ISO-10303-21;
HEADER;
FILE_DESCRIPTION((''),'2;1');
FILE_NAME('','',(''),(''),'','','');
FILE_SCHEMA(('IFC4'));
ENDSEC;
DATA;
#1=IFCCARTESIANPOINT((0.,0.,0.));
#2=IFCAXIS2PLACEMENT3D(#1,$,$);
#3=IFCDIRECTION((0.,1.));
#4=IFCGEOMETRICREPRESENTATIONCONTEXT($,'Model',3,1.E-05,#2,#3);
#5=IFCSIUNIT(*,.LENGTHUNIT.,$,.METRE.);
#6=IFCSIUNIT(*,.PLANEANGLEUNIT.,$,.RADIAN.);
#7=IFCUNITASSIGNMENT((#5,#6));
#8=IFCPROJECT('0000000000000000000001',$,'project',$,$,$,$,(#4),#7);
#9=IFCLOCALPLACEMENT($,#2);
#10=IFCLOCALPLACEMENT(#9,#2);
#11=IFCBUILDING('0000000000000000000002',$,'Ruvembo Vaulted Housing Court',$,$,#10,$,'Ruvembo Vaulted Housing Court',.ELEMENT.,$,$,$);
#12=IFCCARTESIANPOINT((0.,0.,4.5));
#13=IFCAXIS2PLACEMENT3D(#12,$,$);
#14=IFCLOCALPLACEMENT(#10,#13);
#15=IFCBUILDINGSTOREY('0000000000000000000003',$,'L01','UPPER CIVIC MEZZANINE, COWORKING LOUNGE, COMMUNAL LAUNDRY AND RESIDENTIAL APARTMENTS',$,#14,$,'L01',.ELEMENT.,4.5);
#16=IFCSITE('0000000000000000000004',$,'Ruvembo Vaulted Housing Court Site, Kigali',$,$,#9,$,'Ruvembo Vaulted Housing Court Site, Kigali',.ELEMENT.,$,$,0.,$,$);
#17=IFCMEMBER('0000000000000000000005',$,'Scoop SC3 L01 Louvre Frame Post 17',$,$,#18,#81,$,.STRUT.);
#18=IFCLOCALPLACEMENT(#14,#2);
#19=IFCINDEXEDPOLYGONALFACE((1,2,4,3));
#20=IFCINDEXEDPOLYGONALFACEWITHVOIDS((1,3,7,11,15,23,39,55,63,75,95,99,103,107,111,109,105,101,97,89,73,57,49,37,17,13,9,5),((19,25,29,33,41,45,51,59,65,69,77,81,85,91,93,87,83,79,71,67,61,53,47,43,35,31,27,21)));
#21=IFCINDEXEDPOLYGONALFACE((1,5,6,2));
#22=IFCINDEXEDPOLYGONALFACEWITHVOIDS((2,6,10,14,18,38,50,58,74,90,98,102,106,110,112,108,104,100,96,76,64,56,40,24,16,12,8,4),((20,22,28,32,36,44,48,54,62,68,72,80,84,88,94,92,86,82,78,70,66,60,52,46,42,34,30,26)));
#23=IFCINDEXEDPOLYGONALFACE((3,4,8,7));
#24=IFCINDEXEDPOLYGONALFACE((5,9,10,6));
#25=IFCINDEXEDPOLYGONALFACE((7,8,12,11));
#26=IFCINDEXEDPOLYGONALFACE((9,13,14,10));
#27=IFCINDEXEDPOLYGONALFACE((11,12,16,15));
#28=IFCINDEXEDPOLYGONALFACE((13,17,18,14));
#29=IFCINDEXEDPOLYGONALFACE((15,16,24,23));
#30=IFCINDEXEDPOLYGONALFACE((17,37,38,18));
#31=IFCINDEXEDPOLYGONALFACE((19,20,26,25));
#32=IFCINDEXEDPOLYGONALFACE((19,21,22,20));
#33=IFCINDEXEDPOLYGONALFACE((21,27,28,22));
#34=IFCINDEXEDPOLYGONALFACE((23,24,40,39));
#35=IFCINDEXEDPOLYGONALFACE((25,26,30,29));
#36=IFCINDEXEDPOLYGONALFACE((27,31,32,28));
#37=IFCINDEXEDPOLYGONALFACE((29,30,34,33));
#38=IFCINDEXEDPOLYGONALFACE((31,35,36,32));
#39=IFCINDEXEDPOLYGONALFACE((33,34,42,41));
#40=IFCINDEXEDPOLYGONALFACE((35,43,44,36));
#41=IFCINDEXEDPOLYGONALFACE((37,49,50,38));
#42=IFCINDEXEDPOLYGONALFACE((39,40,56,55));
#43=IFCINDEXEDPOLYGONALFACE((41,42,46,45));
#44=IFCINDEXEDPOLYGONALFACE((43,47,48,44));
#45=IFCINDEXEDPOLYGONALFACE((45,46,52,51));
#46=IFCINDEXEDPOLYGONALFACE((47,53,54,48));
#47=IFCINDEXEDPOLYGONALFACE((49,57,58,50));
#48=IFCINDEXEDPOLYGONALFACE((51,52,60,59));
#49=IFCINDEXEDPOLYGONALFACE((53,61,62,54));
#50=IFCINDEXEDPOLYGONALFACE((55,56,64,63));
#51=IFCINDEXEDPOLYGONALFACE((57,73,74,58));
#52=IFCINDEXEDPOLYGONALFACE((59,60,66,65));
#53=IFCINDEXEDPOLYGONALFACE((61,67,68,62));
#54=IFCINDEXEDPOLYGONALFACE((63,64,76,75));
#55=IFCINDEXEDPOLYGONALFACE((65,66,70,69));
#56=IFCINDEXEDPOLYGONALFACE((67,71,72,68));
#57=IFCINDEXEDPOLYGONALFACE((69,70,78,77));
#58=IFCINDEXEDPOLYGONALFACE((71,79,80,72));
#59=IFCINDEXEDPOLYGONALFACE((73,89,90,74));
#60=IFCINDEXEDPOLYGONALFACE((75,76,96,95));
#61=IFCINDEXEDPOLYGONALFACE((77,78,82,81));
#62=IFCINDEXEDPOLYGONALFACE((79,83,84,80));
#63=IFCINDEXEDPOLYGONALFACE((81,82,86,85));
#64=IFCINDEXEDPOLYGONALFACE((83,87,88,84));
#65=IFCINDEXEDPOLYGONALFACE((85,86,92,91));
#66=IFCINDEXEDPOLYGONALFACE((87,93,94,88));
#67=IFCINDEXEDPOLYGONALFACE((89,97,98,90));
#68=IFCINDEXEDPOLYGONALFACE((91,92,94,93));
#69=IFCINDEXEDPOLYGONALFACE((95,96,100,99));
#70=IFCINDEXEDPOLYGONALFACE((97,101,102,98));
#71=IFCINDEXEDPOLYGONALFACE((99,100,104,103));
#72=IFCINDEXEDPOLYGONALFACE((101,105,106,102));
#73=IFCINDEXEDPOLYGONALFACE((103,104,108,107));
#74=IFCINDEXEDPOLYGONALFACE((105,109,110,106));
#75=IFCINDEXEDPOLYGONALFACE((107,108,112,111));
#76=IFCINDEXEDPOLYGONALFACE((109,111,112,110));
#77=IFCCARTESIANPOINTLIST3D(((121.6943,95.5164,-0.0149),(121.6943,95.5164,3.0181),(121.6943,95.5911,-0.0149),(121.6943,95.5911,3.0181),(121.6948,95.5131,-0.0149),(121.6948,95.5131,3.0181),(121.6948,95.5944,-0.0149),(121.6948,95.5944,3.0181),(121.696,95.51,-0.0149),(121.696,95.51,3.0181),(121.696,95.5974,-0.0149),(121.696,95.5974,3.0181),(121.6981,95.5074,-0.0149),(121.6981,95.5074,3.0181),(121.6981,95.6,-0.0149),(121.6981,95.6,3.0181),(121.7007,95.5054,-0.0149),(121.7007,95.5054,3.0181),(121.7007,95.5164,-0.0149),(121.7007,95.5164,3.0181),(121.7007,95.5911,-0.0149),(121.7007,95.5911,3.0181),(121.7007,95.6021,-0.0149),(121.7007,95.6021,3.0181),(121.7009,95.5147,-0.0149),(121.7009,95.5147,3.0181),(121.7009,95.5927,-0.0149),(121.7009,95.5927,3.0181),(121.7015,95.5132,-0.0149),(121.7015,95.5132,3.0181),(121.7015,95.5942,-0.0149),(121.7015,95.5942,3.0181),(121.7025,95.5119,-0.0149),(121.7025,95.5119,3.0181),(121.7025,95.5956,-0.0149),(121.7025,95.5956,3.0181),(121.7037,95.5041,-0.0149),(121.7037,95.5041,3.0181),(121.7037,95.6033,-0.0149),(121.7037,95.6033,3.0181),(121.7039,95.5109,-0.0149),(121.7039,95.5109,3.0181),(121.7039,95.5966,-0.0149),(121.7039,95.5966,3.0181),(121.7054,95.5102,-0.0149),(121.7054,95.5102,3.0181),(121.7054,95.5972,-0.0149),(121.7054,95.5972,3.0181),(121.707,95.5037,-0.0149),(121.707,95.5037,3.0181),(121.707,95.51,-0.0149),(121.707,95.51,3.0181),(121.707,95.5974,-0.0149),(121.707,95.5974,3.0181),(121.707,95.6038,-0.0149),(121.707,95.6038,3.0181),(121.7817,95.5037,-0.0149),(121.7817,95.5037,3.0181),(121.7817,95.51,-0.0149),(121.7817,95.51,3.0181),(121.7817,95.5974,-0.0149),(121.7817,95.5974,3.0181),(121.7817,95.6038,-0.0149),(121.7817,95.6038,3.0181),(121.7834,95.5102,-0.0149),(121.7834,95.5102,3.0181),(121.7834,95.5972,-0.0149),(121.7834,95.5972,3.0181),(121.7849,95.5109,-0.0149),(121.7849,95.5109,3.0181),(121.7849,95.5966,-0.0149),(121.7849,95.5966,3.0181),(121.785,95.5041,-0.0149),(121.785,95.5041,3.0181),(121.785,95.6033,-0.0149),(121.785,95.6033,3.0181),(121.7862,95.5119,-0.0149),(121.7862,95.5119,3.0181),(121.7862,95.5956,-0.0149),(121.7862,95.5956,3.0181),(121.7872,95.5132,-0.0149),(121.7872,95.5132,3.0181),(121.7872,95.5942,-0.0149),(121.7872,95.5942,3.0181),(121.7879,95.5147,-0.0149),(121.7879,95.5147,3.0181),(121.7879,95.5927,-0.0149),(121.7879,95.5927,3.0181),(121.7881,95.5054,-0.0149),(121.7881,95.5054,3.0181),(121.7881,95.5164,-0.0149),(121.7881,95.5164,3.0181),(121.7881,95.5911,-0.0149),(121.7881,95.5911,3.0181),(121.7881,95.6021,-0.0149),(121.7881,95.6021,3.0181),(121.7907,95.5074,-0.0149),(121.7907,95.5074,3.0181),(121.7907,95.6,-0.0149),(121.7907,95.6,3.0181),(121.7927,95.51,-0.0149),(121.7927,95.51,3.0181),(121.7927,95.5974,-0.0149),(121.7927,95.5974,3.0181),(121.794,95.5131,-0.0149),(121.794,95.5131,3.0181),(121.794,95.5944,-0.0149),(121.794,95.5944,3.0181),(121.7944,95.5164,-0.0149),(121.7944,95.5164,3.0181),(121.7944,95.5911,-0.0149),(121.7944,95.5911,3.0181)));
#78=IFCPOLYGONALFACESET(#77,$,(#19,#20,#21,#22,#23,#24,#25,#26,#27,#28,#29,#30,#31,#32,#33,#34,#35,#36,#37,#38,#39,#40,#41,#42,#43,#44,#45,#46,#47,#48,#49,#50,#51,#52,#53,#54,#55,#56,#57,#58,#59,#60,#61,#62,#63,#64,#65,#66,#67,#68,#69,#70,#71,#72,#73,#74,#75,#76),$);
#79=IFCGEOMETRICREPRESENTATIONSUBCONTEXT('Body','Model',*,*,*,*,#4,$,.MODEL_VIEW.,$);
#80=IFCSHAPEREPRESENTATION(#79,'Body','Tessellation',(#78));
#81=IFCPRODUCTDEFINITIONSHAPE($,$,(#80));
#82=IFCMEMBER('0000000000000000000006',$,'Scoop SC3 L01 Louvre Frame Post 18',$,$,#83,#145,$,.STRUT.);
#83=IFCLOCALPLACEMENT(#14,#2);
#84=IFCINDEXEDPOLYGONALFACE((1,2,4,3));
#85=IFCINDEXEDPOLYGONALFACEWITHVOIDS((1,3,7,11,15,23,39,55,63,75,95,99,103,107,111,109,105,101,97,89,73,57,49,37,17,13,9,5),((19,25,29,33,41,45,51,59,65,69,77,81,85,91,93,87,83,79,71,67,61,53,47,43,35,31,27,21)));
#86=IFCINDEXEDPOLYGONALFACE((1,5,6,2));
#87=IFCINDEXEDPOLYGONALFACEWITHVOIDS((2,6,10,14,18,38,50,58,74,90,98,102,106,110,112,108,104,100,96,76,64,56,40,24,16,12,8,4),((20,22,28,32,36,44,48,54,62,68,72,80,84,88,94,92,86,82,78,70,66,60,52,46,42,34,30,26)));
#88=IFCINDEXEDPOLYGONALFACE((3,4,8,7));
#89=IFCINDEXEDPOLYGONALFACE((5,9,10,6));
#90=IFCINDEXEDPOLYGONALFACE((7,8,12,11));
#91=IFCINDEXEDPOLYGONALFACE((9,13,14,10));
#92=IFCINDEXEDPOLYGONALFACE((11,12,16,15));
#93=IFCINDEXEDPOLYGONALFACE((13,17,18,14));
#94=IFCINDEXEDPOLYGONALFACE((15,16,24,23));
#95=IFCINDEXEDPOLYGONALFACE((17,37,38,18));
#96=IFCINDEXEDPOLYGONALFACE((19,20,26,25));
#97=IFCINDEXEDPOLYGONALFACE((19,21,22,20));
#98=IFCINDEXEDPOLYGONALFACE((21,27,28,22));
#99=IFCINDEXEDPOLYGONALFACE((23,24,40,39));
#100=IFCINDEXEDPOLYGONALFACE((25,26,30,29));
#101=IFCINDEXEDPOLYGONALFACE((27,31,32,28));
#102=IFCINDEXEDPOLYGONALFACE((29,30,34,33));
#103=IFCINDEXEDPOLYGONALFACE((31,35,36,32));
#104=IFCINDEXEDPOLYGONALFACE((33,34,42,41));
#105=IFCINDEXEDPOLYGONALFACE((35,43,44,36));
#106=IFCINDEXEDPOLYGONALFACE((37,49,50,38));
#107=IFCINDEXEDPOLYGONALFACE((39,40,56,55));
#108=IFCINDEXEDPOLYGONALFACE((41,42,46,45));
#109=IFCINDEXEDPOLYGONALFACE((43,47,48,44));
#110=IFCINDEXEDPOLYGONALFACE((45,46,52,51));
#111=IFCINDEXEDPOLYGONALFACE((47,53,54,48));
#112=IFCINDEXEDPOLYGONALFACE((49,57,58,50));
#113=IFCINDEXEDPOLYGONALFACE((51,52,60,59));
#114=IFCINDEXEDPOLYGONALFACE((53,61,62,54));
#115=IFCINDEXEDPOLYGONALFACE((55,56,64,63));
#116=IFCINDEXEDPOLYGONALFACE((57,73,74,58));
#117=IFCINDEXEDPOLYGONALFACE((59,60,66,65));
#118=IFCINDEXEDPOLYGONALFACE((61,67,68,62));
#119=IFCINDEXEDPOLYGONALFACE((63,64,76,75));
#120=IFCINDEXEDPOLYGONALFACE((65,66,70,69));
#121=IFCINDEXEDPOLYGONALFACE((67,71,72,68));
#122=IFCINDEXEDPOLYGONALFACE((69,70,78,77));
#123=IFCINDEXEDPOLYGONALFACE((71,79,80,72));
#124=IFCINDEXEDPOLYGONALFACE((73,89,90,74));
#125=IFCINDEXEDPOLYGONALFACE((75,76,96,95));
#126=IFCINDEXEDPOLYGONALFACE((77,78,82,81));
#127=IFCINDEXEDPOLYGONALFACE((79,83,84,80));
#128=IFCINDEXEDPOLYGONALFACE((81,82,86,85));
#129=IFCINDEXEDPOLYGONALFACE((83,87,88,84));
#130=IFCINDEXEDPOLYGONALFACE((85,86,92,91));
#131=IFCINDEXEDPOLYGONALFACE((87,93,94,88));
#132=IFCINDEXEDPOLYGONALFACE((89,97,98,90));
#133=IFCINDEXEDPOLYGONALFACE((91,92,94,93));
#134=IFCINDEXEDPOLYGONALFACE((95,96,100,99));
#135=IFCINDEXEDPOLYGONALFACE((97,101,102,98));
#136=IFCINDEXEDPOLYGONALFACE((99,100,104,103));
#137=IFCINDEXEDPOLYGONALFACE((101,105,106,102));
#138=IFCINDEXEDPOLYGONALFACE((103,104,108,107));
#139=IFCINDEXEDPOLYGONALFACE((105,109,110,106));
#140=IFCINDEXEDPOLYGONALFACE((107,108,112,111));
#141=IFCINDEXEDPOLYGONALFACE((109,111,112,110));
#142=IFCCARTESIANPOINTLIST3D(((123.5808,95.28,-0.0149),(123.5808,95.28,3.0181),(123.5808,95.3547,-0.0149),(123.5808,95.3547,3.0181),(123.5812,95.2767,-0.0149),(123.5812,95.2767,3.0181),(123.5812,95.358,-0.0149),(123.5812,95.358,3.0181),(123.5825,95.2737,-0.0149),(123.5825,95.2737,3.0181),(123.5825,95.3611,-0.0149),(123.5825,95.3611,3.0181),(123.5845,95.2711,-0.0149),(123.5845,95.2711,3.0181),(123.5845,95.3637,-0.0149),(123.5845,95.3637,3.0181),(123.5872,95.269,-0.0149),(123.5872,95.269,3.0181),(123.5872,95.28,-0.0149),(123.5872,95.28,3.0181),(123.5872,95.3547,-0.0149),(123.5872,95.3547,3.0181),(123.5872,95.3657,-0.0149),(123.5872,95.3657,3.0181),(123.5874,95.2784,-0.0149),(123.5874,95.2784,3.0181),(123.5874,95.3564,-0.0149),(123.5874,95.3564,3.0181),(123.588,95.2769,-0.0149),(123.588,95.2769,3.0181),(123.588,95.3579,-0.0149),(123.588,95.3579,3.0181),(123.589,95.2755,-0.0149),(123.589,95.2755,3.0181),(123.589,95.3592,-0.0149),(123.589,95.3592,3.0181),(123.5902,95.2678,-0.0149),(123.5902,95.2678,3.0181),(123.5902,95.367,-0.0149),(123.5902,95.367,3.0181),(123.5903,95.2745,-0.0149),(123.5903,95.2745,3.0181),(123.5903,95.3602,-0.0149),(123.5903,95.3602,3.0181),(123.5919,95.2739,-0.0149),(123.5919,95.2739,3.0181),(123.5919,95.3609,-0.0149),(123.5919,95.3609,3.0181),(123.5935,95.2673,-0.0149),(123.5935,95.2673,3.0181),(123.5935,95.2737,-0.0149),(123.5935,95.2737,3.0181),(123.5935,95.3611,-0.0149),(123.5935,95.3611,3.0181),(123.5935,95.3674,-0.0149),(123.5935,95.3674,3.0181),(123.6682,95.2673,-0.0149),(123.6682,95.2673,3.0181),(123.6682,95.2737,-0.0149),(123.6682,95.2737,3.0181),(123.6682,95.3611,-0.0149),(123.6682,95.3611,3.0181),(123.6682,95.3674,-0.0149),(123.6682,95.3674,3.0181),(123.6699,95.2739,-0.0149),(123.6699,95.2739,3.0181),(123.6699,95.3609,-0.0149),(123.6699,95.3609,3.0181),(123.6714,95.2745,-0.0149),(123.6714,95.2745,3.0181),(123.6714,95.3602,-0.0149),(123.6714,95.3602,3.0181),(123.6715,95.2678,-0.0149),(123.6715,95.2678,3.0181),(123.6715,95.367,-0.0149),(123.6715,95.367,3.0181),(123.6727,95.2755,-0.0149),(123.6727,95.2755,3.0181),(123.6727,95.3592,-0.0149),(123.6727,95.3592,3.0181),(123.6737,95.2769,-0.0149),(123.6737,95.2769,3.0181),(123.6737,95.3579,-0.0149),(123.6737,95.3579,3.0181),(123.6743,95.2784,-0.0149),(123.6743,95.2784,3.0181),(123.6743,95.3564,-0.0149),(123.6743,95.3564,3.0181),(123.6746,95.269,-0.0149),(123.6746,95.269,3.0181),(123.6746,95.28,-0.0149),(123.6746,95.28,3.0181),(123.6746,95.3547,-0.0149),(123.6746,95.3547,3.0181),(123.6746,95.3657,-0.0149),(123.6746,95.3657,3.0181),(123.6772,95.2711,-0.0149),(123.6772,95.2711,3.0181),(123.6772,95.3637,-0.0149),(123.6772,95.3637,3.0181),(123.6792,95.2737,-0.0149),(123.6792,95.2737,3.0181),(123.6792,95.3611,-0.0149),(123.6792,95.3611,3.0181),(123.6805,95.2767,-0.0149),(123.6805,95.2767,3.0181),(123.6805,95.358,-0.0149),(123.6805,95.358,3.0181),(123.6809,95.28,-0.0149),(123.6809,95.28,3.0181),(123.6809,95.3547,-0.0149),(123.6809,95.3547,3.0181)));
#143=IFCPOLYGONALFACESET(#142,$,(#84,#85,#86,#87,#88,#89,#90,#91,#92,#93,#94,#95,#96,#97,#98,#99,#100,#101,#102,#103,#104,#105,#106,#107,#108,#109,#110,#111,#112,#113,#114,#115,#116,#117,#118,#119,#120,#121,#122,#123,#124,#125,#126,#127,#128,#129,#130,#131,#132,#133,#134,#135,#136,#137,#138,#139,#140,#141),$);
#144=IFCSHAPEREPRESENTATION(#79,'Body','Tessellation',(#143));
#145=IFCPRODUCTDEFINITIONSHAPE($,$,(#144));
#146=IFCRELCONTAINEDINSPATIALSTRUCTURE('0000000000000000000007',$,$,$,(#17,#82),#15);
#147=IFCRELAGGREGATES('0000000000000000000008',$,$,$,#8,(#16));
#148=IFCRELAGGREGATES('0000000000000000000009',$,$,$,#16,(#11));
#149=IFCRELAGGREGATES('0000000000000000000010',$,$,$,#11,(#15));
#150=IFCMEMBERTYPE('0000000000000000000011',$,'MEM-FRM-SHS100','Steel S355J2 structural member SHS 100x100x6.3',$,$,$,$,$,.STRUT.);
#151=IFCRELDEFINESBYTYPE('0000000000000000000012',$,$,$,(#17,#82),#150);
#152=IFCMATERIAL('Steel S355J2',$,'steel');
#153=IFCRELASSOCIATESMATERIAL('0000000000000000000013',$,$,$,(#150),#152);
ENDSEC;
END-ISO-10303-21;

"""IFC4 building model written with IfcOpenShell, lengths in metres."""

from ifc_helpers import new_model, si_unit, direction, frame, origin, origin_2d, place, context, subcontext, project, spatial, hollow_rectangle, extrude, material, material_profile, profile_set, type_object, element, save


model = new_model("IFC4")

# Units and contexts
model_context = context("Model", 3, precision=1e-05, world=origin(), true_north=direction((0.0, 1.0)))
body_context = subcontext(model_context, "Body", "Model", "MODEL_VIEW")
ifc_project = project(units=[si_unit("LENGTHUNIT", "METRE"), si_unit("PLANEANGLEUNIT", "RADIAN")], contexts=[model_context])

# Site, building, storey
site_placement = place(None, origin())
site = spatial("IfcSite", under=ifc_project, at=site_placement, Name="Ruvembo Vaulted Housing Court Site, Kigali", LongName="Ruvembo Vaulted Housing Court Site, Kigali", CompositionType="ELEMENT", RefElevation=0.0)
building_placement = place(site_placement, origin())
building = spatial("IfcBuilding", under=site, at=building_placement, Name="Ruvembo Vaulted Housing Court", LongName="Ruvembo Vaulted Housing Court", CompositionType="ELEMENT")
storey_placement = place(building_placement, frame((0.0, 0.0, 4.5)))
storey = spatial("IfcBuildingStorey", under=building, at=storey_placement, Name="L01", Description="UPPER CIVIC MEZZANINE, COWORKING LOUNGE, COMMUNAL LAUNDRY AND RESIDENTIAL APARTMENTS", LongName="L01", CompositionType="ELEMENT", Elevation=4.5)

# Shared definitions
ifc_material_1 = material(Name="Steel S355J2", Category="steel")

# Members
ifc_material_profile_1 = material_profile(ifc_material_1, hollow_rectangle(XDim=0.1001, YDim=0.1001, WallThickness=0.0063, InnerFilletRadius=0.0063, OuterFilletRadius=0.0127, at=origin_2d()), Name="SHS 100x100x6.3")
ifc_profile_set_1 = profile_set([ifc_material_profile_1], Name="Steel S355J2")
member_type_1 = type_object("IfcMemberType", Name="MEM-FRM-SHS100", Description="Steel S355J2 structural member SHS 100x100x6.3", PredefinedType="STRUT", material=ifc_profile_set_1)
for number, where, z_axis, x_axis, name in (
    (1, (121.7444, 95.5537, -0.0149), (0.0, 0.0, 1.0), (1.0, 0.0, 0.0), "Scoop SC3 L01 Louvre Frame Post 17"),
    (2, (123.6309, 95.3174, -0.0149), (0.0, 0.0, 1.0), (1.0, 0.0, 0.0), "Scoop SC3 L01 Louvre Frame Post 18"),
):
    element("IfcMember", number, at=place(storey_placement, frame(where, z_axis=z_axis, x_axis=x_axis)), inside=storey, type_object=member_type_1, Name=name, PredefinedType="STRUT", context=body_context, shape_type="SweptSolid", body=[
        extrude(hollow_rectangle(XDim=0.1001, YDim=0.1001, WallThickness=0.0063, InnerFilletRadius=0.0063, OuterFilletRadius=0.0127, at=origin_2d()), origin(), (0.0, 0.0, 1.0), 3.033),
    ])

save(model, "model.ifc")
